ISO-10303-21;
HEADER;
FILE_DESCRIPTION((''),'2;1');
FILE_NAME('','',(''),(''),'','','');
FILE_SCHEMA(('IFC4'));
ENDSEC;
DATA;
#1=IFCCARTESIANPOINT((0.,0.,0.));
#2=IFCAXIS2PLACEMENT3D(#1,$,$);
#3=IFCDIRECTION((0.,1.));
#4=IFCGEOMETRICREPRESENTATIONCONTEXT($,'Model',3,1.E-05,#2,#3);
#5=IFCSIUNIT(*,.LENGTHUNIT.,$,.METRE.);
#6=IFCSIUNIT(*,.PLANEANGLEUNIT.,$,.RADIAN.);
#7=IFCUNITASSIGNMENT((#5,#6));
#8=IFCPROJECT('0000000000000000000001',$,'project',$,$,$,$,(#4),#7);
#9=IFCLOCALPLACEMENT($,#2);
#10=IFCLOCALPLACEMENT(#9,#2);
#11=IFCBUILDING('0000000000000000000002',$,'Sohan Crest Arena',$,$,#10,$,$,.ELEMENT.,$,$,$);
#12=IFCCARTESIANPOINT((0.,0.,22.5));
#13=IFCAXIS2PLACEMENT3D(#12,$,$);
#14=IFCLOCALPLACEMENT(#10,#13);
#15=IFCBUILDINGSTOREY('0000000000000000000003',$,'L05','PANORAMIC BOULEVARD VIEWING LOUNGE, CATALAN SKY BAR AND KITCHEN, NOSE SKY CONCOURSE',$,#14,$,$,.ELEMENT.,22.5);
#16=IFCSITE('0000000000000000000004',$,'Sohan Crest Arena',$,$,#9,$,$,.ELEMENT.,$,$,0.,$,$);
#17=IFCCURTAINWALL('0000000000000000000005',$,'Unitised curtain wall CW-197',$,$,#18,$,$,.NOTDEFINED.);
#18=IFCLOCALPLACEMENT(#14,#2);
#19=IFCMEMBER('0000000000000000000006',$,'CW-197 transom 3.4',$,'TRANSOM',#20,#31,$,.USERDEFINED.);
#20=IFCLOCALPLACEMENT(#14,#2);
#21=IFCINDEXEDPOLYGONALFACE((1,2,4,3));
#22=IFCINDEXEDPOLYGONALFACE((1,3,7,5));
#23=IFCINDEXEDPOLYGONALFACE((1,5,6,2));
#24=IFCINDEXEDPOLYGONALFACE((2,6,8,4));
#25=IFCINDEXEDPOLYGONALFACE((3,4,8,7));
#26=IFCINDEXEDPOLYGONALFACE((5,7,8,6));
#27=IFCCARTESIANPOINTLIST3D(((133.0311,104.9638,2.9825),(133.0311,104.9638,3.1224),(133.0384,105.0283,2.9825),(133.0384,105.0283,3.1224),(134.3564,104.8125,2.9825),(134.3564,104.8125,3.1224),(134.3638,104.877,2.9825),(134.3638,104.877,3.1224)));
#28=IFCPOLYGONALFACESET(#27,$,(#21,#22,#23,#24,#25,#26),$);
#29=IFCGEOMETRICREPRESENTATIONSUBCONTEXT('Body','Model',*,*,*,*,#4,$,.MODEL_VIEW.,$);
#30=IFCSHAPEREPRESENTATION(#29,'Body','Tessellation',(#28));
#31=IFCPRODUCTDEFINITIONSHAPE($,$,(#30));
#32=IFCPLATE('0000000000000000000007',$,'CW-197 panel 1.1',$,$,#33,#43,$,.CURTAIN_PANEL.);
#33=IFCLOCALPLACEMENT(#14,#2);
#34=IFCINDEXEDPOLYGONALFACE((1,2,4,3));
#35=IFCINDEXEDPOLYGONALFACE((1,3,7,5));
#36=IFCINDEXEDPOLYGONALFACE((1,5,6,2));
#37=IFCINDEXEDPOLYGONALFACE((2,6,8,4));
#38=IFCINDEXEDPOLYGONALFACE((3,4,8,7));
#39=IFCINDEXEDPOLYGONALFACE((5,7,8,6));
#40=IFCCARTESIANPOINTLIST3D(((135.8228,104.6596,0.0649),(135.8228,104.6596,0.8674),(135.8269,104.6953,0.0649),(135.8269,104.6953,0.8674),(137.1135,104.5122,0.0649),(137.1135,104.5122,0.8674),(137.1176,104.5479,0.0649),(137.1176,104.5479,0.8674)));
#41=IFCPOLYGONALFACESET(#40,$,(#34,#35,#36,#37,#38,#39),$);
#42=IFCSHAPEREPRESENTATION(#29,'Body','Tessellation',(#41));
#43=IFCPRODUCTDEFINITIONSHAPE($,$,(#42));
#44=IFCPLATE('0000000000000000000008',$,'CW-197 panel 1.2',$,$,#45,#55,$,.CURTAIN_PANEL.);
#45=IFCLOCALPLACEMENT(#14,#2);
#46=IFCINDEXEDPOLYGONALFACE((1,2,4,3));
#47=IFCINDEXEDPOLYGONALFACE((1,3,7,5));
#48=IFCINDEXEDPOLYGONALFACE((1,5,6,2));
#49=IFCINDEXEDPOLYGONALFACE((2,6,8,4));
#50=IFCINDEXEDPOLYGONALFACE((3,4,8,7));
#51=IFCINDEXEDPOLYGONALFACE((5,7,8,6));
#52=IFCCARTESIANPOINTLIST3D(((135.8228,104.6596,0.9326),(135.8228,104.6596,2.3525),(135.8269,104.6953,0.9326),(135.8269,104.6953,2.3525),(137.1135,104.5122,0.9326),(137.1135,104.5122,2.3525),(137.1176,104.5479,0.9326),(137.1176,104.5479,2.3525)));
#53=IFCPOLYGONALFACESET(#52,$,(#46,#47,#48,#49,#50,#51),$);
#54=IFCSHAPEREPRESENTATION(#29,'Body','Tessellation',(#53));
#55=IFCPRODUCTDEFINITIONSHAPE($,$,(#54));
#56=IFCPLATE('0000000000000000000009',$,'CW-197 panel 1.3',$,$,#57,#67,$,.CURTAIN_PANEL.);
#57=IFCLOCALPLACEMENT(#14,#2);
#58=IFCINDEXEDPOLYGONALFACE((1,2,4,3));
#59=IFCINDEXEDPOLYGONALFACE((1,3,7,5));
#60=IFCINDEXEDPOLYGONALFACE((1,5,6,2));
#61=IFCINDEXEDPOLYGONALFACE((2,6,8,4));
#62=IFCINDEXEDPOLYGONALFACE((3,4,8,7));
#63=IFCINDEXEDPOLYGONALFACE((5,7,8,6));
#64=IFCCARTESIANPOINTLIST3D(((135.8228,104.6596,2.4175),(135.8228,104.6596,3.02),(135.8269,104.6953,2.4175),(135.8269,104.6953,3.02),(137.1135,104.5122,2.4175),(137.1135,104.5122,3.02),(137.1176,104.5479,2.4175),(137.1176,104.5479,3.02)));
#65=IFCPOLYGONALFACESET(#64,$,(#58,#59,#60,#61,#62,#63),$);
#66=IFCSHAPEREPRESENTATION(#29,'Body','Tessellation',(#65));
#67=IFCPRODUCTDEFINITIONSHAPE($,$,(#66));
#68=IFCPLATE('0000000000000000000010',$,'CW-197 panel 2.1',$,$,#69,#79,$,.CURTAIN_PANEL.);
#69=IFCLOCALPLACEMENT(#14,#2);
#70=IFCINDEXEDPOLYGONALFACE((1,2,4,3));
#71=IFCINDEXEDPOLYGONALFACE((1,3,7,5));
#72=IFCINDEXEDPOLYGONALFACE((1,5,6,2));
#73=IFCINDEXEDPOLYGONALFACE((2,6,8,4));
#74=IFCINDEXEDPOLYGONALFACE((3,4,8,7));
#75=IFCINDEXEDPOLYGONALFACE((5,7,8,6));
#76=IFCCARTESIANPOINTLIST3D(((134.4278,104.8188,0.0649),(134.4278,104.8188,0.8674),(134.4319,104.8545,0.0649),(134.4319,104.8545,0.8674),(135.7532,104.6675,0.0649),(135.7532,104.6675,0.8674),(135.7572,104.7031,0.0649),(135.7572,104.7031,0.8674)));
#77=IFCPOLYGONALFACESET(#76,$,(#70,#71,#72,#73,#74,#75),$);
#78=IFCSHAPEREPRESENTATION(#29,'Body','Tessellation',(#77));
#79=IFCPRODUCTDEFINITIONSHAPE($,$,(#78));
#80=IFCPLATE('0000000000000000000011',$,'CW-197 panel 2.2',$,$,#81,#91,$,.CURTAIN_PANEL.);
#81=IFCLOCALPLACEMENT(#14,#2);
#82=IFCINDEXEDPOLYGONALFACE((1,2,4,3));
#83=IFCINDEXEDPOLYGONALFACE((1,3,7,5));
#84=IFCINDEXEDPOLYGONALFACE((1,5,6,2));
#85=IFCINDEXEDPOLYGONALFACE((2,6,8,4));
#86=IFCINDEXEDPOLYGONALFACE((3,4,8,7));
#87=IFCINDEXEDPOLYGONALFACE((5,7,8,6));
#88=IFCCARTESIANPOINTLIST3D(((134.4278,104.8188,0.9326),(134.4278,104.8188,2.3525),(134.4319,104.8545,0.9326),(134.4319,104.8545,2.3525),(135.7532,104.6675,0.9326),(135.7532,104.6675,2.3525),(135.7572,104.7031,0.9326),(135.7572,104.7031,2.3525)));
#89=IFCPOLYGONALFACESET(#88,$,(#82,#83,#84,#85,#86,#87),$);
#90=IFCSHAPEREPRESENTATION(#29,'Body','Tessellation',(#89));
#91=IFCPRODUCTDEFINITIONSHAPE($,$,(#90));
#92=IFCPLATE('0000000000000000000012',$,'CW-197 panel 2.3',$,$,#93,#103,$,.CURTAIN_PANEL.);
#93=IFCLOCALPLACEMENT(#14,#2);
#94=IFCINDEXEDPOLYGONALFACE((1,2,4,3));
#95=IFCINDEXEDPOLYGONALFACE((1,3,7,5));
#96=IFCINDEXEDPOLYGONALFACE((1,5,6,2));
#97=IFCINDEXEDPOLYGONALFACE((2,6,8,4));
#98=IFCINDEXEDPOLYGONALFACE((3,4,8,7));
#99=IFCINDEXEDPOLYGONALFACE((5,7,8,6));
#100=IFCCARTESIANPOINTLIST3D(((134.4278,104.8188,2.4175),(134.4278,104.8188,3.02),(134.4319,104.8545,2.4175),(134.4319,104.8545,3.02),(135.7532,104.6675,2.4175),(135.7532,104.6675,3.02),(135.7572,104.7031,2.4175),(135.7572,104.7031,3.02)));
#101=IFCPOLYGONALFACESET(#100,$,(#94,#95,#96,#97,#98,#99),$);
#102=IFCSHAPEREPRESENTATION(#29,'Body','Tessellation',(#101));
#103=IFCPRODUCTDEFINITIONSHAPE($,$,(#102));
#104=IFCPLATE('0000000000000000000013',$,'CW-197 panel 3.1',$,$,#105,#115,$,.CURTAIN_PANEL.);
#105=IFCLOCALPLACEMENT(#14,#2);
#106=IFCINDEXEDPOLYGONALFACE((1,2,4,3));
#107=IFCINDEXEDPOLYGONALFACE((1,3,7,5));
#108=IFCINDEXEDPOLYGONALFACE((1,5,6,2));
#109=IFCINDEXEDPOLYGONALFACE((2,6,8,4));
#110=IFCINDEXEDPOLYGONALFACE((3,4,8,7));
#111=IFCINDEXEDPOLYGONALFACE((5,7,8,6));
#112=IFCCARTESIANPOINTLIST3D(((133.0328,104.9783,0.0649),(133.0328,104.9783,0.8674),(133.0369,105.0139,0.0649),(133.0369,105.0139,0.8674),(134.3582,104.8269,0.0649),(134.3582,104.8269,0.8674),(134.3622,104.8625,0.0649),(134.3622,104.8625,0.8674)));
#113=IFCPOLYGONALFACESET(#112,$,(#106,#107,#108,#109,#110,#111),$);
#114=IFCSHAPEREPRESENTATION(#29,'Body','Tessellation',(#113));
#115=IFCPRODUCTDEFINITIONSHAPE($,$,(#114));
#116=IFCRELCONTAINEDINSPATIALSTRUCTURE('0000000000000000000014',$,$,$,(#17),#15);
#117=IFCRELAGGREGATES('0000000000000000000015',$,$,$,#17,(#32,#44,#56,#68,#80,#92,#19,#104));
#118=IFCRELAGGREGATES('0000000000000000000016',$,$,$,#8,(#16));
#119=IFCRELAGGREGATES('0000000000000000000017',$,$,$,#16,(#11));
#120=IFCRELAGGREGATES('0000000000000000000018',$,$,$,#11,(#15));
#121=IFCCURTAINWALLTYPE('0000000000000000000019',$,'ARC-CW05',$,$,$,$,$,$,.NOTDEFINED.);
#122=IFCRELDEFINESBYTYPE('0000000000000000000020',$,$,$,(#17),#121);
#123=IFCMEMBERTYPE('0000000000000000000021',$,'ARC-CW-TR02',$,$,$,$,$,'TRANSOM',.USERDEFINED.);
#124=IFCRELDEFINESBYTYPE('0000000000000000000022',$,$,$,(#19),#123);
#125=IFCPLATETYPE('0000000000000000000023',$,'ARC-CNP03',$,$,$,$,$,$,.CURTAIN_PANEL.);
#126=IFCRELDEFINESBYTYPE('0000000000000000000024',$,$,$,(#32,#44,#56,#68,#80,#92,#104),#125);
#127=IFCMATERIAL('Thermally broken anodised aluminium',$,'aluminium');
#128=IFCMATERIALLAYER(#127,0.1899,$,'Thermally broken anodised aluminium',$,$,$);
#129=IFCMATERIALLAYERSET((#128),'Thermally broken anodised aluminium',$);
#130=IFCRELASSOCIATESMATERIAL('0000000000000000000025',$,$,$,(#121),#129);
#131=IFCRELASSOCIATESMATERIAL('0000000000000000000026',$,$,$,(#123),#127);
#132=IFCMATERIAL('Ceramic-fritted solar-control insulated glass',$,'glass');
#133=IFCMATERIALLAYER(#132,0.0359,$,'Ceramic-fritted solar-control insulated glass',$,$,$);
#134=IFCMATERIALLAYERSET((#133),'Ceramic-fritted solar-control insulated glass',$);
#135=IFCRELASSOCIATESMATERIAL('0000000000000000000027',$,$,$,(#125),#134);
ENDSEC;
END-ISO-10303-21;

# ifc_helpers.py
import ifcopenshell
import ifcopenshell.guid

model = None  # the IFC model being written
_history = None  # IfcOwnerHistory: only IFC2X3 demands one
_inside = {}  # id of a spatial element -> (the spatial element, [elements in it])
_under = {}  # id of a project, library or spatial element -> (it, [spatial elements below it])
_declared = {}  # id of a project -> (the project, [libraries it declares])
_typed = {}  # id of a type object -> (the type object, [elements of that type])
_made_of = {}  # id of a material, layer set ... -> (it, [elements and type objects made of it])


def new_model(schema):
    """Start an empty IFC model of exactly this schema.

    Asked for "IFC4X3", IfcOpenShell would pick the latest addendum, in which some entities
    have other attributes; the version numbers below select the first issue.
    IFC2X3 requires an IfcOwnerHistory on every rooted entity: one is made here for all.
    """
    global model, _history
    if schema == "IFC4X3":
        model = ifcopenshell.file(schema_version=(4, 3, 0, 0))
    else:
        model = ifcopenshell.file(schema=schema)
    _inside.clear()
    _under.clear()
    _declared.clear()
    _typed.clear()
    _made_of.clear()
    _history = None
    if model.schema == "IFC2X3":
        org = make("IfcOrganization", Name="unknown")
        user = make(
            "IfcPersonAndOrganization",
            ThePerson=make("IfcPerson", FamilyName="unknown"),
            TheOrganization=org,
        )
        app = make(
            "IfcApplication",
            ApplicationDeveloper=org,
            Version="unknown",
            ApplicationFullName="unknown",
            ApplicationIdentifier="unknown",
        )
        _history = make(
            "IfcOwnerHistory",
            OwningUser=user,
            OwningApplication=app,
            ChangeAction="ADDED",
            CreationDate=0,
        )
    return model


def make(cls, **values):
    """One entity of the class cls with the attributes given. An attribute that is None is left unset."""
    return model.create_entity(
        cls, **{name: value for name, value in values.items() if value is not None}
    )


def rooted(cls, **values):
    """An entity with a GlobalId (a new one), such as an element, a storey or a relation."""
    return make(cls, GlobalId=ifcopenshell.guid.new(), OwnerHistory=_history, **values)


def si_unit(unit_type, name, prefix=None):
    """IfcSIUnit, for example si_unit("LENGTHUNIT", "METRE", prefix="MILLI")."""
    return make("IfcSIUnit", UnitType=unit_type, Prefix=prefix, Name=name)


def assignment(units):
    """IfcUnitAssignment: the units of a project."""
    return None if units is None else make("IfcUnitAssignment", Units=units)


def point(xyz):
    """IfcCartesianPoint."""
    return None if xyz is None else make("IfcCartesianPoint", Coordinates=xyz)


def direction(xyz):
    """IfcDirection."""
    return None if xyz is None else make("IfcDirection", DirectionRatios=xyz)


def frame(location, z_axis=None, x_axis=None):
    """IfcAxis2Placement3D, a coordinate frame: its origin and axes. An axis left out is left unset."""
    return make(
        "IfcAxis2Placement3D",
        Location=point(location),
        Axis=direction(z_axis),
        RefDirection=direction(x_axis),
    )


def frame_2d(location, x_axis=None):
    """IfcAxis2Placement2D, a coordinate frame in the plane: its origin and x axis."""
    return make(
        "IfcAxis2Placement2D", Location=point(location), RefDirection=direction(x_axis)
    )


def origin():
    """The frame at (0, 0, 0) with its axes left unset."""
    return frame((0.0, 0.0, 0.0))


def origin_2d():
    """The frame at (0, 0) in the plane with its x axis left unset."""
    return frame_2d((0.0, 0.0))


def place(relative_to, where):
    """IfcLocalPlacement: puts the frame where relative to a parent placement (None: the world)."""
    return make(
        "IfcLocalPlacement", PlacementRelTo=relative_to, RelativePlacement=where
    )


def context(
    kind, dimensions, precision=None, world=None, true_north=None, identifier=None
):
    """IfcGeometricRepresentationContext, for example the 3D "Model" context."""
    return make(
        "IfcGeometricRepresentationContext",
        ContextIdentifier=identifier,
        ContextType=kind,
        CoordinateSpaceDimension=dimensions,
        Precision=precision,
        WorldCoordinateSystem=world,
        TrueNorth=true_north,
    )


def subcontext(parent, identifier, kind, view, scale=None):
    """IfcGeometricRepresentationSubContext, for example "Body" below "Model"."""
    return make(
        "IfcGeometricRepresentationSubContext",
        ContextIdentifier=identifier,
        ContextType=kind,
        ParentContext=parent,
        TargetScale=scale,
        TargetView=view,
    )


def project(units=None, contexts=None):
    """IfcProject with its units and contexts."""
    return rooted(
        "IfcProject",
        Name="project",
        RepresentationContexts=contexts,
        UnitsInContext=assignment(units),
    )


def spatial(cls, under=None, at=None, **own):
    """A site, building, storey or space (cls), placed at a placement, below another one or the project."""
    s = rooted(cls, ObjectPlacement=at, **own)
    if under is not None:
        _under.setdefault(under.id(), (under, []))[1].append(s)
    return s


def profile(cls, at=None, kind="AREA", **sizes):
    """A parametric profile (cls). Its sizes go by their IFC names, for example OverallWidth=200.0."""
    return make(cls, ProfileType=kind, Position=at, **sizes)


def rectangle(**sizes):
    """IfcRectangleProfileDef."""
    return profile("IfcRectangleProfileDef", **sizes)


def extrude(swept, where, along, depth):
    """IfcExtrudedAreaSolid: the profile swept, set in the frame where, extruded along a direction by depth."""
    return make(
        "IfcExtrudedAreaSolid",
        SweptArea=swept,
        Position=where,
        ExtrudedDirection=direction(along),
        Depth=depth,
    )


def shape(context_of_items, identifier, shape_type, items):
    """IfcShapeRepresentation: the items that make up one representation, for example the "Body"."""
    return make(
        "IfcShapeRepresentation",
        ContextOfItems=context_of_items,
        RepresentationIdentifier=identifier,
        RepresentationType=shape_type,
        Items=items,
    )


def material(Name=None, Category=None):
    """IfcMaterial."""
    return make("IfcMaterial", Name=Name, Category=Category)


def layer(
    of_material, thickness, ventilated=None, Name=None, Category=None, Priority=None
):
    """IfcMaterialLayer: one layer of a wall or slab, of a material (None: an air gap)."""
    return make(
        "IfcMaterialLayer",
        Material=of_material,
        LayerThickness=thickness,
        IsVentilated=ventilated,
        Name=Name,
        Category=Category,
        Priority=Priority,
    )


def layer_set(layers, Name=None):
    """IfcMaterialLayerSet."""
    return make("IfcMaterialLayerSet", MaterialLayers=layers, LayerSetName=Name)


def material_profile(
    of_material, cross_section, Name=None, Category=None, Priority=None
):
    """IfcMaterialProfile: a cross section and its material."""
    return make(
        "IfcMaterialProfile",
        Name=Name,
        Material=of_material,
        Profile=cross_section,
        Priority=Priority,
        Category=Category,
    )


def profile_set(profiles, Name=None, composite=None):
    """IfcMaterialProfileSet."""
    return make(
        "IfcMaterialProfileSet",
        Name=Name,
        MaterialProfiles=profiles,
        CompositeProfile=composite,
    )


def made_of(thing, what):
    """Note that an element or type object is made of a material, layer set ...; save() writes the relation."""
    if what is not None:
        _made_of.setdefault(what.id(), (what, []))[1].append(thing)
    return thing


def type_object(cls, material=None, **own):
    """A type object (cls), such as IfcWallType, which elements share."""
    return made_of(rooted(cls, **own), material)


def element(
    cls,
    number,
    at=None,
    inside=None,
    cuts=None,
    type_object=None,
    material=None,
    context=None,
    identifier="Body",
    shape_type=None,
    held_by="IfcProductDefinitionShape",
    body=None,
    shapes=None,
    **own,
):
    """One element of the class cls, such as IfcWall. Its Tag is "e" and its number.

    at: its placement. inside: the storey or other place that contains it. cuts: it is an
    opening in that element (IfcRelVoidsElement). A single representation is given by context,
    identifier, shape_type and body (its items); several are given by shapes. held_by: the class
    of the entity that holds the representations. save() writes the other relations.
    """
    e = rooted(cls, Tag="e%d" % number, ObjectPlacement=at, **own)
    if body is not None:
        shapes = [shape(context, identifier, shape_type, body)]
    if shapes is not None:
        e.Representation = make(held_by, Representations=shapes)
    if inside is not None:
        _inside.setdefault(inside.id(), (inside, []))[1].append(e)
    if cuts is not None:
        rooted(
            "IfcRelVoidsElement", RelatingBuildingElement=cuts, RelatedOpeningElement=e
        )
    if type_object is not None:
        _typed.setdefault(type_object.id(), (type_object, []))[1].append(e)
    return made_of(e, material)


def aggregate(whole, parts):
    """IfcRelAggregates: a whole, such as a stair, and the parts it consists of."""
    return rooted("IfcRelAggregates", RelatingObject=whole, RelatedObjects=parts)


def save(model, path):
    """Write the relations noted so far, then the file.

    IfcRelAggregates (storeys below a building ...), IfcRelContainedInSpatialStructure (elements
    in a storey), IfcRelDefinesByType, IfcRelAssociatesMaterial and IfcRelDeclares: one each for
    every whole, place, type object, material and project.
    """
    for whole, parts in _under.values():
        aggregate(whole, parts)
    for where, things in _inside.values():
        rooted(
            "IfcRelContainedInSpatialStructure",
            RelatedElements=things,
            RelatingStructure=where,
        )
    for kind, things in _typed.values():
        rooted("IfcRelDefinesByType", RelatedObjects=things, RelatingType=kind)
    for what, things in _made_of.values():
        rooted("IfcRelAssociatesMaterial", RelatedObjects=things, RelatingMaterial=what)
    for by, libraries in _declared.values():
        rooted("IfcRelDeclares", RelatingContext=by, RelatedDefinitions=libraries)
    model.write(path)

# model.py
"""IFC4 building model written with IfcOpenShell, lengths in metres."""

from ifc_helpers import new_model, si_unit, direction, frame, origin, origin_2d, place, context, subcontext, project, spatial, rectangle, extrude, material, layer, layer_set, material_profile, profile_set, type_object, element, aggregate, save


model = new_model("IFC4")

# Units and contexts
model_context = context("Model", 3, precision=1e-05, world=origin(), true_north=direction((0.0, 1.0)))
body_context = subcontext(model_context, "Body", "Model", "MODEL_VIEW")
ifc_project = project(units=[si_unit("LENGTHUNIT", "METRE"), si_unit("PLANEANGLEUNIT", "RADIAN")], contexts=[model_context])

# Site, building, storey
site_placement = place(None, origin())
site = spatial("IfcSite", under=ifc_project, at=site_placement, Name="Sohan Crest Arena", CompositionType="ELEMENT", RefElevation=0.0)
building_placement = place(site_placement, origin())
building = spatial("IfcBuilding", under=site, at=building_placement, Name="Sohan Crest Arena", CompositionType="ELEMENT")
storey_placement = place(building_placement, frame((0.0, 0.0, 22.5)))
storey = spatial("IfcBuildingStorey", under=building, at=storey_placement, Name="L05", Description="PANORAMIC BOULEVARD VIEWING LOUNGE, CATALAN SKY BAR AND KITCHEN, NOSE SKY CONCOURSE", CompositionType="ELEMENT", Elevation=22.5)

# Curtain wall, member, plates
ifc_material_1 = material(Name="Thermally broken anodised aluminium", Category="aluminium")
ifc_layer_1 = layer(ifc_material_1, 0.1899, Name="Thermally broken anodised aluminium")
ifc_layer_set_1 = layer_set([ifc_layer_1], Name="Thermally broken anodised aluminium")
curtain_wall_type = type_object("IfcCurtainWallType", Name="ARC-CW05", PredefinedType="NOTDEFINED", material=ifc_layer_set_1)
curtain_wall_placement = place(storey_placement, origin())
curtain_wall = element("IfcCurtainWall", 1, at=curtain_wall_placement, inside=storey, type_object=curtain_wall_type, Name="Unitised curtain wall CW-197", PredefinedType="NOTDEFINED")
ifc_material_profile_1 = material_profile(ifc_material_1, rectangle(XDim=0.0649, YDim=0.1399, at=origin_2d()), Name="ALU-TRAN 65x140")
ifc_profile_set_1 = profile_set([ifc_material_profile_1], Name="Thermally broken anodised aluminium")
member_type_1 = type_object("IfcMemberType", Name="ARC-CW-TR02", ElementType="TRANSOM", PredefinedType="USERDEFINED", material=ifc_profile_set_1)
member_1_placement = place(storey_placement, frame((134.3601, 104.8447, 3.0525), z_axis=(-0.993542, 0.113464, 0.0), x_axis=(-0.113464, -0.993542, 0.0)))
member_1 = element("IfcMember", 2, at=member_1_placement, type_object=member_type_1, Name="CW-197 transom 3.4", ObjectType="TRANSOM", PredefinedType="USERDEFINED", context=body_context, shape_type="SweptSolid", body=[
    extrude(rectangle(XDim=0.0649, YDim=0.1399, at=origin_2d()), origin(), (0.0, 0.0, 1.0), 1.334),
])
ifc_material_2 = material(Name="Ceramic-fritted solar-control insulated glass", Category="glass")
ifc_layer_2 = layer(ifc_material_2, 0.0359, Name="Ceramic-fritted solar-control insulated glass")
ifc_layer_set_2 = layer_set([ifc_layer_2], Name="Ceramic-fritted solar-control insulated glass")
plate_type = type_object("IfcPlateType", Name="ARC-CNP03", PredefinedType="CURTAIN_PANEL", material=ifc_layer_set_2)
plate_1_placement = place(storey_placement, frame((136.4702, 104.6038, 0.0649), z_axis=(0.0, 0.0, 1.0), x_axis=(-0.99354, 0.11348, 0.0)))
plate_1 = element("IfcPlate", 3, at=plate_1_placement, type_object=plate_type, Name="CW-197 panel 1.1", PredefinedType="CURTAIN_PANEL", context=body_context, shape_type="SweptSolid", body=[
    extrude(rectangle(XDim=1.2991, YDim=0.0359, at=origin_2d()), origin(), (0.0, 0.0, 1.0), 0.8025),
])
plate_2_placement = place(storey_placement, frame((136.4702, 104.6038, 0.9326), z_axis=(0.0, 0.0, 1.0), x_axis=(-0.99354, 0.11348, 0.0)))
plate_2 = element("IfcPlate", 4, at=plate_2_placement, type_object=plate_type, Name="CW-197 panel 1.2", PredefinedType="CURTAIN_PANEL", context=body_context, shape_type="SweptSolid", body=[
    extrude(rectangle(XDim=1.2991, YDim=0.0359, at=origin_2d()), origin(), (0.0, 0.0, 1.0), 1.4199),
])
plate_3_placement = place(storey_placement, frame((136.4702, 104.6038, 2.4175), z_axis=(0.0, 0.0, 1.0), x_axis=(-0.99354, 0.11348, 0.0)))
plate_3 = element("IfcPlate", 5, at=plate_3_placement, type_object=plate_type, Name="CW-197 panel 1.3", PredefinedType="CURTAIN_PANEL", context=body_context, shape_type="SweptSolid", body=[
    extrude(rectangle(XDim=1.2991, YDim=0.0359, at=origin_2d()), origin(), (0.0, 0.0, 1.0), 0.6025),
])
plate_4_placement = place(storey_placement, frame((135.0925, 104.761, 0.0649), z_axis=(0.0, 0.0, 1.0), x_axis=(-0.99354, 0.11348, 0.0)))
plate_4 = element("IfcPlate", 6, at=plate_4_placement, type_object=plate_type, Name="CW-197 panel 2.1", PredefinedType="CURTAIN_PANEL", context=body_context, shape_type="SweptSolid", body=[
    extrude(rectangle(XDim=1.334, YDim=0.0359, at=origin_2d()), origin(), (0.0, 0.0, 1.0), 0.8025),
])
plate_5_placement = place(storey_placement, frame((135.0925, 104.761, 0.9326), z_axis=(0.0, 0.0, 1.0), x_axis=(-0.99354, 0.11348, 0.0)))
plate_5 = element("IfcPlate", 7, at=plate_5_placement, type_object=plate_type, Name="CW-197 panel 2.2", PredefinedType="CURTAIN_PANEL", context=body_context, shape_type="SweptSolid", body=[
    extrude(rectangle(XDim=1.334, YDim=0.0359, at=origin_2d()), origin(), (0.0, 0.0, 1.0), 1.4199),
])
plate_6_placement = place(storey_placement, frame((135.0925, 104.761, 2.4175), z_axis=(0.0, 0.0, 1.0), x_axis=(-0.99354, 0.11348, 0.0)))
plate_6 = element("IfcPlate", 8, at=plate_6_placement, type_object=plate_type, Name="CW-197 panel 2.3", PredefinedType="CURTAIN_PANEL", context=body_context, shape_type="SweptSolid", body=[
    extrude(rectangle(XDim=1.334, YDim=0.0359, at=origin_2d()), origin(), (0.0, 0.0, 1.0), 0.6025),
])
plate_7_placement = place(storey_placement, frame((133.6975, 104.9204, 0.0649), z_axis=(0.0, 0.0, 1.0), x_axis=(-0.99354, 0.11348, 0.0)))
plate_7 = element("IfcPlate", 9, at=plate_7_placement, type_object=plate_type, Name="CW-197 panel 3.1", PredefinedType="CURTAIN_PANEL", context=body_context, shape_type="SweptSolid", body=[
    extrude(rectangle(XDim=1.334, YDim=0.0359, at=origin_2d()), origin(), (0.0, 0.0, 1.0), 0.8025),
])
aggregate(curtain_wall, [plate_1, plate_2, plate_3, plate_4, plate_5, plate_6, member_1, plate_7])

save(model, "model.ifc")
